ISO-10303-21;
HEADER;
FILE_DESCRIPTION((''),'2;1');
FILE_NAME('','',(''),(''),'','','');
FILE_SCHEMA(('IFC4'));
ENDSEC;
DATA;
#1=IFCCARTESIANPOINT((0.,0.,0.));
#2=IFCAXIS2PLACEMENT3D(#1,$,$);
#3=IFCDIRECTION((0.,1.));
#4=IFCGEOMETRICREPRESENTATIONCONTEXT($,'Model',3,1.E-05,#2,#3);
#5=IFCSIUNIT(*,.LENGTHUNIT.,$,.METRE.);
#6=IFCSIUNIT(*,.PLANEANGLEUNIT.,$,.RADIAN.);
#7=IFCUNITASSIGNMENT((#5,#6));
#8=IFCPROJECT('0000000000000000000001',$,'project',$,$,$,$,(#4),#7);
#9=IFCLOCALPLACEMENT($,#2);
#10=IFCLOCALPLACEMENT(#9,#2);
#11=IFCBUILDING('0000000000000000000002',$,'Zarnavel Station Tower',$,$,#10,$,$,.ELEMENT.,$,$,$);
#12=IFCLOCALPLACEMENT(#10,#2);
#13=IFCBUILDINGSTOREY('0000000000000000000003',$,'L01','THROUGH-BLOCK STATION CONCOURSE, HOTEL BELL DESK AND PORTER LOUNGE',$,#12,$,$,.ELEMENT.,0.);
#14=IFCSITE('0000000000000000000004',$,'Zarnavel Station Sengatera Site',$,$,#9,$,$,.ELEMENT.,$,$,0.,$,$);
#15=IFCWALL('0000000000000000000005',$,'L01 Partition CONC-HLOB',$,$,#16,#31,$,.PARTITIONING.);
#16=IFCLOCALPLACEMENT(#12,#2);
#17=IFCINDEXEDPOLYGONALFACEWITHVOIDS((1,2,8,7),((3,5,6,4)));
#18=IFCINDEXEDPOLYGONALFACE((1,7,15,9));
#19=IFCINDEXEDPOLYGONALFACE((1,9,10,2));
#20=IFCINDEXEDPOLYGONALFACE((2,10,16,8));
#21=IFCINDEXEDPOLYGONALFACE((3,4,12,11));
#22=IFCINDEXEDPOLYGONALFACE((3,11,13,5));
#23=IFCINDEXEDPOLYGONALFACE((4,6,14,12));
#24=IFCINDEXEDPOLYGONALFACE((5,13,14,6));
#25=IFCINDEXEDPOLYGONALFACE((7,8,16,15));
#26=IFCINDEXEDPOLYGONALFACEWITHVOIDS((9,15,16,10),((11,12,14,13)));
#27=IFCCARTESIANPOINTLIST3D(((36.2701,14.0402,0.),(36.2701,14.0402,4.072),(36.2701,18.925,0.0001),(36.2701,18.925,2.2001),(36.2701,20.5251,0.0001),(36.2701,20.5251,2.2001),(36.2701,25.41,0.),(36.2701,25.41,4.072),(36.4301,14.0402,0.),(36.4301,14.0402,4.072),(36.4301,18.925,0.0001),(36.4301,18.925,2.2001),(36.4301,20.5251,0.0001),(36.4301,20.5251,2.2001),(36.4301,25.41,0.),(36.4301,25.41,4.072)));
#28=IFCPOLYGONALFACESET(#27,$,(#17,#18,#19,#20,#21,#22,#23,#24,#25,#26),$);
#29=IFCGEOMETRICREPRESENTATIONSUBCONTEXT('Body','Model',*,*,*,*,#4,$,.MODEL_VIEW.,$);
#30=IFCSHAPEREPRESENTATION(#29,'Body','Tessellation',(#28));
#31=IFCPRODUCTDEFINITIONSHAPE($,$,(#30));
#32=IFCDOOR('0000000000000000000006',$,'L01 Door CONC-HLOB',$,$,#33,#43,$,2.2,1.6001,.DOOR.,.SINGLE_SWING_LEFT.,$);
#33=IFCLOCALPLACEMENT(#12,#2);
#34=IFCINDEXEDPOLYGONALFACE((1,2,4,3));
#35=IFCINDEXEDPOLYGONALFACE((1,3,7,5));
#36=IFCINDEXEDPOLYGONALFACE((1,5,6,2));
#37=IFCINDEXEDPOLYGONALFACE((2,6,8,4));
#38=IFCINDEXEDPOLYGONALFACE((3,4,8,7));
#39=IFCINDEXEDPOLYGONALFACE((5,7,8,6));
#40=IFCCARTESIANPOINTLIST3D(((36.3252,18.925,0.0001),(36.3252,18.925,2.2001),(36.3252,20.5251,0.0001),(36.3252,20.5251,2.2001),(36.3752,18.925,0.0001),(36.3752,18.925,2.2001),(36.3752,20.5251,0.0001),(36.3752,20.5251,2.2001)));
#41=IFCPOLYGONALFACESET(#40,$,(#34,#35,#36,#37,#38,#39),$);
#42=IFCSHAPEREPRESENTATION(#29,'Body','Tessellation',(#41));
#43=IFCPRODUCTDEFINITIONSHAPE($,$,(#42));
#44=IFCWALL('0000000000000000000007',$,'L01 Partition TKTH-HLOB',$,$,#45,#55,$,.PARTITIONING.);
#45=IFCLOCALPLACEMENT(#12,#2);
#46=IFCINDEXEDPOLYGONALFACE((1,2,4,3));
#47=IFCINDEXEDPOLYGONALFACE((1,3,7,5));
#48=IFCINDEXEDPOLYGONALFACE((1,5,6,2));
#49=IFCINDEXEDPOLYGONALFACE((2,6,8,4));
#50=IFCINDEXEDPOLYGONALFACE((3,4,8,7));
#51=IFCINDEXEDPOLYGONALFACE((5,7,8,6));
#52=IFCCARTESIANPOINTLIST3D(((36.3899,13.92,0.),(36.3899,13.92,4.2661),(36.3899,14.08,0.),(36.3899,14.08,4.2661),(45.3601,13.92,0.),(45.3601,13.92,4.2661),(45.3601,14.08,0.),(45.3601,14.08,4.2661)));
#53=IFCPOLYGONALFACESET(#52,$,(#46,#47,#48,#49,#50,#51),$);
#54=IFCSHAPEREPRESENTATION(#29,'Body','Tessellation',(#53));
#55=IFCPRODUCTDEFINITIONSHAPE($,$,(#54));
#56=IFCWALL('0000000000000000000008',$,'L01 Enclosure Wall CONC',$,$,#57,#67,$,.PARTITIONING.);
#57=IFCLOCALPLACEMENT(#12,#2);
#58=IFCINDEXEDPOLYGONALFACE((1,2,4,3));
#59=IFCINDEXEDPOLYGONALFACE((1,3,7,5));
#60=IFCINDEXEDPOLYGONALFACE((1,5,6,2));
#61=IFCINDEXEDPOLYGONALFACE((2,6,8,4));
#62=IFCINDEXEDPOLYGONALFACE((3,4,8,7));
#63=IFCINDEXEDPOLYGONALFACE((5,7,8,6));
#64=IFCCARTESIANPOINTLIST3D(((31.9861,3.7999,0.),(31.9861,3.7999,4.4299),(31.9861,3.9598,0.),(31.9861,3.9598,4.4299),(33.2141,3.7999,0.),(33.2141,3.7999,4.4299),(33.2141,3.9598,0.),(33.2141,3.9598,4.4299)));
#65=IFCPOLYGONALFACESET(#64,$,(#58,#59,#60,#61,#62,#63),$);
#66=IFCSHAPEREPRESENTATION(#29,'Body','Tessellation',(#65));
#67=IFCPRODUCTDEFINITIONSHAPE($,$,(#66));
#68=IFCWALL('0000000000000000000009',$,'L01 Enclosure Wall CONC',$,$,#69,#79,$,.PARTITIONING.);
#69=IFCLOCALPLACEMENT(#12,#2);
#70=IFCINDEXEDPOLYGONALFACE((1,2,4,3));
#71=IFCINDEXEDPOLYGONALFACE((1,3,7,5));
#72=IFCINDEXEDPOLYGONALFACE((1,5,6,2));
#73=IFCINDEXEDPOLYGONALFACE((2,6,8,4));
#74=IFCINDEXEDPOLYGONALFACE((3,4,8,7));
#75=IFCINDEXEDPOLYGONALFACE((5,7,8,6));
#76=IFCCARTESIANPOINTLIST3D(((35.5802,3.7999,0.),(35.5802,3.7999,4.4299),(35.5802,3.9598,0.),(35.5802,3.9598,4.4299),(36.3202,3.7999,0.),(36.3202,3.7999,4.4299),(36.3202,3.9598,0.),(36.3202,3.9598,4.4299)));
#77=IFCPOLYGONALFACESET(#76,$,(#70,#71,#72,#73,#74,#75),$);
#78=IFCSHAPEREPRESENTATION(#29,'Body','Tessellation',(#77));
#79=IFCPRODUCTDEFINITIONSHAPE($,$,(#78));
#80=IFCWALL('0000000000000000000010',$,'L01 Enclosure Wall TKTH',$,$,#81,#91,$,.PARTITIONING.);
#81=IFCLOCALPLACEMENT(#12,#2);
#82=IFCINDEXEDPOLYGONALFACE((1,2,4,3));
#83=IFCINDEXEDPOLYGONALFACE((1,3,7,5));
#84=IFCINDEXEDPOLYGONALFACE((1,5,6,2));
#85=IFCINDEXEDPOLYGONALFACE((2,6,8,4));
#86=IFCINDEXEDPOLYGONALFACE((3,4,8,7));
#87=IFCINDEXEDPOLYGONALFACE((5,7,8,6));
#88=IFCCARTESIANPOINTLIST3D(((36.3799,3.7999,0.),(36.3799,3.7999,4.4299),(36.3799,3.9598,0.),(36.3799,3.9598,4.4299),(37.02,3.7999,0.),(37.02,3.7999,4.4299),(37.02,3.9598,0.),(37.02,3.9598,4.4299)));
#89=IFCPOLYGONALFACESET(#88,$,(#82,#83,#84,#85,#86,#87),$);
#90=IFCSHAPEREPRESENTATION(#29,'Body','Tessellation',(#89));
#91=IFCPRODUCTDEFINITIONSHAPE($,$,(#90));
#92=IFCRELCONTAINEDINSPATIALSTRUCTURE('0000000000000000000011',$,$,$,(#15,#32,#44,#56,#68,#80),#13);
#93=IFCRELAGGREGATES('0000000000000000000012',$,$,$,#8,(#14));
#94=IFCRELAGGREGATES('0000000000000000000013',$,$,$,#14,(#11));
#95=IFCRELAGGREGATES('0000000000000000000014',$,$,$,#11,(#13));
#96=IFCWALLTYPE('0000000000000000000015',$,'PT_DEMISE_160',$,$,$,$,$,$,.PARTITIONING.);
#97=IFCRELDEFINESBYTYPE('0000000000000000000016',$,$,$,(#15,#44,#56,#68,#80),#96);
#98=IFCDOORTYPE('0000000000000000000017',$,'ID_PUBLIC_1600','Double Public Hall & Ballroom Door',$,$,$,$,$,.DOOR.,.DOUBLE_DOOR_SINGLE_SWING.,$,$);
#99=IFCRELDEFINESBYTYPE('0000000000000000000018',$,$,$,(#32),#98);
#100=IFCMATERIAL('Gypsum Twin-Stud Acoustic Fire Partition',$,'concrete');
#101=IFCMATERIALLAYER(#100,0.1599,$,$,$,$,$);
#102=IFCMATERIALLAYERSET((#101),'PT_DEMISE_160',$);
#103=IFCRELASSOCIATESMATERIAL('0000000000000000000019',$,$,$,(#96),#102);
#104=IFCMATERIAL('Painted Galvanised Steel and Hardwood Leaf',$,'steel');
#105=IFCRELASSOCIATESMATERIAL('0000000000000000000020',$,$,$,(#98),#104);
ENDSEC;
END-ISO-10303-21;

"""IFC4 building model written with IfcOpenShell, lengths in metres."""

from ifc_helpers import new_model, si_unit, direction, frame, frame_2d, origin, place, context, subcontext, project, spatial, rectangle, extrude, material, layer, layer_set, type_object, element, fill, save


model = new_model("IFC4")

# Units and contexts
model_context = context("Model", 3, precision=1e-05, world=origin(), true_north=direction((0.0, 1.0)))
body_context = subcontext(model_context, "Body", "Model", "MODEL_VIEW")
ifc_project = project(units=[si_unit("LENGTHUNIT", "METRE"), si_unit("PLANEANGLEUNIT", "RADIAN")], contexts=[model_context])

# Site, building, storey
site_placement = place(None, origin())
site = spatial("IfcSite", under=ifc_project, at=site_placement, Name="Zarnavel Station Sengatera Site", CompositionType="ELEMENT", RefElevation=0.0)
building_placement = place(site_placement, origin())
building = spatial("IfcBuilding", under=site, at=building_placement, Name="Zarnavel Station Tower", CompositionType="ELEMENT")
storey_placement = place(building_placement, origin())
storey = spatial("IfcBuildingStorey", under=building, at=storey_placement, Name="L01", Description="THROUGH-BLOCK STATION CONCOURSE, HOTEL BELL DESK AND PORTER LOUNGE", CompositionType="ELEMENT", Elevation=0.0)

# Shared definitions
ifc_material_1 = material(Name="Gypsum Twin-Stud Acoustic Fire Partition", Category="concrete")
ifc_layer_1 = layer(ifc_material_1, 0.1599)
ifc_layer_set_1 = layer_set([ifc_layer_1], Name="PT_DEMISE_160")
wall_type = type_object("IfcWallType", Name="PT_DEMISE_160", PredefinedType="PARTITIONING", material=ifc_layer_set_1)
ifc_material_2 = material(Name="Painted Galvanised Steel and Hardwood Leaf", Category="steel")
door_type_1 = type_object("IfcDoorType", Name="ID_PUBLIC_1600", Description="Double Public Hall & Ballroom Door", OperationType="DOUBLE_DOOR_SINGLE_SWING", PredefinedType="DOOR", material=ifc_material_2)

# Wall, opening, door
wall_1_placement = place(storey_placement, frame((36.3501, 14.04, 0.0), z_axis=(0.0, 0.0, 1.0), x_axis=(0.0, 1.0, 0.0)))
wall_1 = element("IfcWall", 1, at=wall_1_placement, inside=storey, type_object=wall_type, Name="L01 Partition CONC-HLOB", PredefinedType="PARTITIONING", context=body_context, shape_type="SweptSolid", body=[
    extrude(rectangle(XDim=11.3699, YDim=0.1599, at=frame_2d((5.6851, 0.0))), origin(), (0.0, 0.0, 1.0), 4.072),
])
opening_1_placement = place(wall_1_placement, frame((4.885, 0.0, 0.0)))
opening_1 = element("IfcOpeningElement", 2, at=opening_1_placement, cuts=wall_1, PredefinedType="OPENING", context=body_context, shape_type="SweptSolid", body=[
    extrude(rectangle(XDim=1.6001, YDim=2.2, at=frame_2d((0.8, 1.1001))), frame((0.0, 0.0898, 0.0), z_axis=(0.0, -1.0, 0.0), x_axis=(1.0, 0.0, 0.0)), (0.0, 0.0, 1.0), 0.1799),
])
door_1_placement = place(opening_1_placement, origin())
door_1 = element("IfcDoor", 3, at=door_1_placement, inside=storey, type_object=door_type_1, Name="L01 Door CONC-HLOB", OperationType="SINGLE_SWING_LEFT", OverallHeight=2.2, OverallWidth=1.6001, PredefinedType="DOOR", context=body_context, shape_type="SweptSolid", body=[
    extrude(rectangle(XDim=1.6001, YDim=2.2, at=frame_2d((0.8, 1.1001))), frame((0.0, 0.0249, 0.0), z_axis=(0.0, -1.0, 0.0), x_axis=(1.0, 0.0, 0.0)), (0.0, 0.0, 1.0), 0.05),
])
fill(opening_1, door_1)

# Walls
wall_2_placement = place(storey_placement, frame((36.3899, 14.0, 0.0), z_axis=(0.0, 0.0, 1.0), x_axis=(1.0, 0.0, 0.0)))
element("IfcWall", 4, at=wall_2_placement, inside=storey, type_object=wall_type, Name="L01 Partition TKTH-HLOB", PredefinedType="PARTITIONING", context=body_context, shape_type="SweptSolid", body=[
    extrude(rectangle(XDim=8.9702, YDim=0.1599, at=frame_2d((4.4851, 0.0))), origin(), (0.0, 0.0, 1.0), 4.2661),
])
wall_3_placement = place(storey_placement, frame((31.9861, 3.8799, 0.0), z_axis=(0.0, 0.0, 1.0), x_axis=(1.0, 0.0, 0.0)))
element("IfcWall", 5, at=wall_3_placement, inside=storey, type_object=wall_type, Name="L01 Enclosure Wall CONC", PredefinedType="PARTITIONING", context=body_context, shape_type="SweptSolid", body=[
    extrude(rectangle(XDim=1.228, YDim=0.1599, at=frame_2d((0.614, 0.0))), origin(), (0.0, 0.0, 1.0), 4.4299),
])
wall_4_placement = place(storey_placement, frame((35.5801, 3.8799, 0.0), z_axis=(0.0, 0.0, 1.0), x_axis=(1.0, 0.0, 0.0)))
element("IfcWall", 6, at=wall_4_placement, inside=storey, type_object=wall_type, Name="L01 Enclosure Wall CONC", PredefinedType="PARTITIONING", context=body_context, shape_type="SweptSolid", body=[
    extrude(rectangle(XDim=0.74, YDim=0.1599, at=frame_2d((0.3701, 0.0))), origin(), (0.0, 0.0, 1.0), 4.4299),
])
wall_5_placement = place(storey_placement, frame((36.3799, 3.8799, 0.0), z_axis=(0.0, 0.0, 1.0), x_axis=(1.0, 0.0, 0.0)))
element("IfcWall", 7, at=wall_5_placement, inside=storey, type_object=wall_type, Name="L01 Enclosure Wall TKTH", PredefinedType="PARTITIONING", context=body_context, shape_type="SweptSolid", body=[
    extrude(rectangle(XDim=0.6401, YDim=0.1599, at=frame_2d((0.3201, 0.0))), origin(), (0.0, 0.0, 1.0), 4.4299),
])

save(model, "model.ifc")
